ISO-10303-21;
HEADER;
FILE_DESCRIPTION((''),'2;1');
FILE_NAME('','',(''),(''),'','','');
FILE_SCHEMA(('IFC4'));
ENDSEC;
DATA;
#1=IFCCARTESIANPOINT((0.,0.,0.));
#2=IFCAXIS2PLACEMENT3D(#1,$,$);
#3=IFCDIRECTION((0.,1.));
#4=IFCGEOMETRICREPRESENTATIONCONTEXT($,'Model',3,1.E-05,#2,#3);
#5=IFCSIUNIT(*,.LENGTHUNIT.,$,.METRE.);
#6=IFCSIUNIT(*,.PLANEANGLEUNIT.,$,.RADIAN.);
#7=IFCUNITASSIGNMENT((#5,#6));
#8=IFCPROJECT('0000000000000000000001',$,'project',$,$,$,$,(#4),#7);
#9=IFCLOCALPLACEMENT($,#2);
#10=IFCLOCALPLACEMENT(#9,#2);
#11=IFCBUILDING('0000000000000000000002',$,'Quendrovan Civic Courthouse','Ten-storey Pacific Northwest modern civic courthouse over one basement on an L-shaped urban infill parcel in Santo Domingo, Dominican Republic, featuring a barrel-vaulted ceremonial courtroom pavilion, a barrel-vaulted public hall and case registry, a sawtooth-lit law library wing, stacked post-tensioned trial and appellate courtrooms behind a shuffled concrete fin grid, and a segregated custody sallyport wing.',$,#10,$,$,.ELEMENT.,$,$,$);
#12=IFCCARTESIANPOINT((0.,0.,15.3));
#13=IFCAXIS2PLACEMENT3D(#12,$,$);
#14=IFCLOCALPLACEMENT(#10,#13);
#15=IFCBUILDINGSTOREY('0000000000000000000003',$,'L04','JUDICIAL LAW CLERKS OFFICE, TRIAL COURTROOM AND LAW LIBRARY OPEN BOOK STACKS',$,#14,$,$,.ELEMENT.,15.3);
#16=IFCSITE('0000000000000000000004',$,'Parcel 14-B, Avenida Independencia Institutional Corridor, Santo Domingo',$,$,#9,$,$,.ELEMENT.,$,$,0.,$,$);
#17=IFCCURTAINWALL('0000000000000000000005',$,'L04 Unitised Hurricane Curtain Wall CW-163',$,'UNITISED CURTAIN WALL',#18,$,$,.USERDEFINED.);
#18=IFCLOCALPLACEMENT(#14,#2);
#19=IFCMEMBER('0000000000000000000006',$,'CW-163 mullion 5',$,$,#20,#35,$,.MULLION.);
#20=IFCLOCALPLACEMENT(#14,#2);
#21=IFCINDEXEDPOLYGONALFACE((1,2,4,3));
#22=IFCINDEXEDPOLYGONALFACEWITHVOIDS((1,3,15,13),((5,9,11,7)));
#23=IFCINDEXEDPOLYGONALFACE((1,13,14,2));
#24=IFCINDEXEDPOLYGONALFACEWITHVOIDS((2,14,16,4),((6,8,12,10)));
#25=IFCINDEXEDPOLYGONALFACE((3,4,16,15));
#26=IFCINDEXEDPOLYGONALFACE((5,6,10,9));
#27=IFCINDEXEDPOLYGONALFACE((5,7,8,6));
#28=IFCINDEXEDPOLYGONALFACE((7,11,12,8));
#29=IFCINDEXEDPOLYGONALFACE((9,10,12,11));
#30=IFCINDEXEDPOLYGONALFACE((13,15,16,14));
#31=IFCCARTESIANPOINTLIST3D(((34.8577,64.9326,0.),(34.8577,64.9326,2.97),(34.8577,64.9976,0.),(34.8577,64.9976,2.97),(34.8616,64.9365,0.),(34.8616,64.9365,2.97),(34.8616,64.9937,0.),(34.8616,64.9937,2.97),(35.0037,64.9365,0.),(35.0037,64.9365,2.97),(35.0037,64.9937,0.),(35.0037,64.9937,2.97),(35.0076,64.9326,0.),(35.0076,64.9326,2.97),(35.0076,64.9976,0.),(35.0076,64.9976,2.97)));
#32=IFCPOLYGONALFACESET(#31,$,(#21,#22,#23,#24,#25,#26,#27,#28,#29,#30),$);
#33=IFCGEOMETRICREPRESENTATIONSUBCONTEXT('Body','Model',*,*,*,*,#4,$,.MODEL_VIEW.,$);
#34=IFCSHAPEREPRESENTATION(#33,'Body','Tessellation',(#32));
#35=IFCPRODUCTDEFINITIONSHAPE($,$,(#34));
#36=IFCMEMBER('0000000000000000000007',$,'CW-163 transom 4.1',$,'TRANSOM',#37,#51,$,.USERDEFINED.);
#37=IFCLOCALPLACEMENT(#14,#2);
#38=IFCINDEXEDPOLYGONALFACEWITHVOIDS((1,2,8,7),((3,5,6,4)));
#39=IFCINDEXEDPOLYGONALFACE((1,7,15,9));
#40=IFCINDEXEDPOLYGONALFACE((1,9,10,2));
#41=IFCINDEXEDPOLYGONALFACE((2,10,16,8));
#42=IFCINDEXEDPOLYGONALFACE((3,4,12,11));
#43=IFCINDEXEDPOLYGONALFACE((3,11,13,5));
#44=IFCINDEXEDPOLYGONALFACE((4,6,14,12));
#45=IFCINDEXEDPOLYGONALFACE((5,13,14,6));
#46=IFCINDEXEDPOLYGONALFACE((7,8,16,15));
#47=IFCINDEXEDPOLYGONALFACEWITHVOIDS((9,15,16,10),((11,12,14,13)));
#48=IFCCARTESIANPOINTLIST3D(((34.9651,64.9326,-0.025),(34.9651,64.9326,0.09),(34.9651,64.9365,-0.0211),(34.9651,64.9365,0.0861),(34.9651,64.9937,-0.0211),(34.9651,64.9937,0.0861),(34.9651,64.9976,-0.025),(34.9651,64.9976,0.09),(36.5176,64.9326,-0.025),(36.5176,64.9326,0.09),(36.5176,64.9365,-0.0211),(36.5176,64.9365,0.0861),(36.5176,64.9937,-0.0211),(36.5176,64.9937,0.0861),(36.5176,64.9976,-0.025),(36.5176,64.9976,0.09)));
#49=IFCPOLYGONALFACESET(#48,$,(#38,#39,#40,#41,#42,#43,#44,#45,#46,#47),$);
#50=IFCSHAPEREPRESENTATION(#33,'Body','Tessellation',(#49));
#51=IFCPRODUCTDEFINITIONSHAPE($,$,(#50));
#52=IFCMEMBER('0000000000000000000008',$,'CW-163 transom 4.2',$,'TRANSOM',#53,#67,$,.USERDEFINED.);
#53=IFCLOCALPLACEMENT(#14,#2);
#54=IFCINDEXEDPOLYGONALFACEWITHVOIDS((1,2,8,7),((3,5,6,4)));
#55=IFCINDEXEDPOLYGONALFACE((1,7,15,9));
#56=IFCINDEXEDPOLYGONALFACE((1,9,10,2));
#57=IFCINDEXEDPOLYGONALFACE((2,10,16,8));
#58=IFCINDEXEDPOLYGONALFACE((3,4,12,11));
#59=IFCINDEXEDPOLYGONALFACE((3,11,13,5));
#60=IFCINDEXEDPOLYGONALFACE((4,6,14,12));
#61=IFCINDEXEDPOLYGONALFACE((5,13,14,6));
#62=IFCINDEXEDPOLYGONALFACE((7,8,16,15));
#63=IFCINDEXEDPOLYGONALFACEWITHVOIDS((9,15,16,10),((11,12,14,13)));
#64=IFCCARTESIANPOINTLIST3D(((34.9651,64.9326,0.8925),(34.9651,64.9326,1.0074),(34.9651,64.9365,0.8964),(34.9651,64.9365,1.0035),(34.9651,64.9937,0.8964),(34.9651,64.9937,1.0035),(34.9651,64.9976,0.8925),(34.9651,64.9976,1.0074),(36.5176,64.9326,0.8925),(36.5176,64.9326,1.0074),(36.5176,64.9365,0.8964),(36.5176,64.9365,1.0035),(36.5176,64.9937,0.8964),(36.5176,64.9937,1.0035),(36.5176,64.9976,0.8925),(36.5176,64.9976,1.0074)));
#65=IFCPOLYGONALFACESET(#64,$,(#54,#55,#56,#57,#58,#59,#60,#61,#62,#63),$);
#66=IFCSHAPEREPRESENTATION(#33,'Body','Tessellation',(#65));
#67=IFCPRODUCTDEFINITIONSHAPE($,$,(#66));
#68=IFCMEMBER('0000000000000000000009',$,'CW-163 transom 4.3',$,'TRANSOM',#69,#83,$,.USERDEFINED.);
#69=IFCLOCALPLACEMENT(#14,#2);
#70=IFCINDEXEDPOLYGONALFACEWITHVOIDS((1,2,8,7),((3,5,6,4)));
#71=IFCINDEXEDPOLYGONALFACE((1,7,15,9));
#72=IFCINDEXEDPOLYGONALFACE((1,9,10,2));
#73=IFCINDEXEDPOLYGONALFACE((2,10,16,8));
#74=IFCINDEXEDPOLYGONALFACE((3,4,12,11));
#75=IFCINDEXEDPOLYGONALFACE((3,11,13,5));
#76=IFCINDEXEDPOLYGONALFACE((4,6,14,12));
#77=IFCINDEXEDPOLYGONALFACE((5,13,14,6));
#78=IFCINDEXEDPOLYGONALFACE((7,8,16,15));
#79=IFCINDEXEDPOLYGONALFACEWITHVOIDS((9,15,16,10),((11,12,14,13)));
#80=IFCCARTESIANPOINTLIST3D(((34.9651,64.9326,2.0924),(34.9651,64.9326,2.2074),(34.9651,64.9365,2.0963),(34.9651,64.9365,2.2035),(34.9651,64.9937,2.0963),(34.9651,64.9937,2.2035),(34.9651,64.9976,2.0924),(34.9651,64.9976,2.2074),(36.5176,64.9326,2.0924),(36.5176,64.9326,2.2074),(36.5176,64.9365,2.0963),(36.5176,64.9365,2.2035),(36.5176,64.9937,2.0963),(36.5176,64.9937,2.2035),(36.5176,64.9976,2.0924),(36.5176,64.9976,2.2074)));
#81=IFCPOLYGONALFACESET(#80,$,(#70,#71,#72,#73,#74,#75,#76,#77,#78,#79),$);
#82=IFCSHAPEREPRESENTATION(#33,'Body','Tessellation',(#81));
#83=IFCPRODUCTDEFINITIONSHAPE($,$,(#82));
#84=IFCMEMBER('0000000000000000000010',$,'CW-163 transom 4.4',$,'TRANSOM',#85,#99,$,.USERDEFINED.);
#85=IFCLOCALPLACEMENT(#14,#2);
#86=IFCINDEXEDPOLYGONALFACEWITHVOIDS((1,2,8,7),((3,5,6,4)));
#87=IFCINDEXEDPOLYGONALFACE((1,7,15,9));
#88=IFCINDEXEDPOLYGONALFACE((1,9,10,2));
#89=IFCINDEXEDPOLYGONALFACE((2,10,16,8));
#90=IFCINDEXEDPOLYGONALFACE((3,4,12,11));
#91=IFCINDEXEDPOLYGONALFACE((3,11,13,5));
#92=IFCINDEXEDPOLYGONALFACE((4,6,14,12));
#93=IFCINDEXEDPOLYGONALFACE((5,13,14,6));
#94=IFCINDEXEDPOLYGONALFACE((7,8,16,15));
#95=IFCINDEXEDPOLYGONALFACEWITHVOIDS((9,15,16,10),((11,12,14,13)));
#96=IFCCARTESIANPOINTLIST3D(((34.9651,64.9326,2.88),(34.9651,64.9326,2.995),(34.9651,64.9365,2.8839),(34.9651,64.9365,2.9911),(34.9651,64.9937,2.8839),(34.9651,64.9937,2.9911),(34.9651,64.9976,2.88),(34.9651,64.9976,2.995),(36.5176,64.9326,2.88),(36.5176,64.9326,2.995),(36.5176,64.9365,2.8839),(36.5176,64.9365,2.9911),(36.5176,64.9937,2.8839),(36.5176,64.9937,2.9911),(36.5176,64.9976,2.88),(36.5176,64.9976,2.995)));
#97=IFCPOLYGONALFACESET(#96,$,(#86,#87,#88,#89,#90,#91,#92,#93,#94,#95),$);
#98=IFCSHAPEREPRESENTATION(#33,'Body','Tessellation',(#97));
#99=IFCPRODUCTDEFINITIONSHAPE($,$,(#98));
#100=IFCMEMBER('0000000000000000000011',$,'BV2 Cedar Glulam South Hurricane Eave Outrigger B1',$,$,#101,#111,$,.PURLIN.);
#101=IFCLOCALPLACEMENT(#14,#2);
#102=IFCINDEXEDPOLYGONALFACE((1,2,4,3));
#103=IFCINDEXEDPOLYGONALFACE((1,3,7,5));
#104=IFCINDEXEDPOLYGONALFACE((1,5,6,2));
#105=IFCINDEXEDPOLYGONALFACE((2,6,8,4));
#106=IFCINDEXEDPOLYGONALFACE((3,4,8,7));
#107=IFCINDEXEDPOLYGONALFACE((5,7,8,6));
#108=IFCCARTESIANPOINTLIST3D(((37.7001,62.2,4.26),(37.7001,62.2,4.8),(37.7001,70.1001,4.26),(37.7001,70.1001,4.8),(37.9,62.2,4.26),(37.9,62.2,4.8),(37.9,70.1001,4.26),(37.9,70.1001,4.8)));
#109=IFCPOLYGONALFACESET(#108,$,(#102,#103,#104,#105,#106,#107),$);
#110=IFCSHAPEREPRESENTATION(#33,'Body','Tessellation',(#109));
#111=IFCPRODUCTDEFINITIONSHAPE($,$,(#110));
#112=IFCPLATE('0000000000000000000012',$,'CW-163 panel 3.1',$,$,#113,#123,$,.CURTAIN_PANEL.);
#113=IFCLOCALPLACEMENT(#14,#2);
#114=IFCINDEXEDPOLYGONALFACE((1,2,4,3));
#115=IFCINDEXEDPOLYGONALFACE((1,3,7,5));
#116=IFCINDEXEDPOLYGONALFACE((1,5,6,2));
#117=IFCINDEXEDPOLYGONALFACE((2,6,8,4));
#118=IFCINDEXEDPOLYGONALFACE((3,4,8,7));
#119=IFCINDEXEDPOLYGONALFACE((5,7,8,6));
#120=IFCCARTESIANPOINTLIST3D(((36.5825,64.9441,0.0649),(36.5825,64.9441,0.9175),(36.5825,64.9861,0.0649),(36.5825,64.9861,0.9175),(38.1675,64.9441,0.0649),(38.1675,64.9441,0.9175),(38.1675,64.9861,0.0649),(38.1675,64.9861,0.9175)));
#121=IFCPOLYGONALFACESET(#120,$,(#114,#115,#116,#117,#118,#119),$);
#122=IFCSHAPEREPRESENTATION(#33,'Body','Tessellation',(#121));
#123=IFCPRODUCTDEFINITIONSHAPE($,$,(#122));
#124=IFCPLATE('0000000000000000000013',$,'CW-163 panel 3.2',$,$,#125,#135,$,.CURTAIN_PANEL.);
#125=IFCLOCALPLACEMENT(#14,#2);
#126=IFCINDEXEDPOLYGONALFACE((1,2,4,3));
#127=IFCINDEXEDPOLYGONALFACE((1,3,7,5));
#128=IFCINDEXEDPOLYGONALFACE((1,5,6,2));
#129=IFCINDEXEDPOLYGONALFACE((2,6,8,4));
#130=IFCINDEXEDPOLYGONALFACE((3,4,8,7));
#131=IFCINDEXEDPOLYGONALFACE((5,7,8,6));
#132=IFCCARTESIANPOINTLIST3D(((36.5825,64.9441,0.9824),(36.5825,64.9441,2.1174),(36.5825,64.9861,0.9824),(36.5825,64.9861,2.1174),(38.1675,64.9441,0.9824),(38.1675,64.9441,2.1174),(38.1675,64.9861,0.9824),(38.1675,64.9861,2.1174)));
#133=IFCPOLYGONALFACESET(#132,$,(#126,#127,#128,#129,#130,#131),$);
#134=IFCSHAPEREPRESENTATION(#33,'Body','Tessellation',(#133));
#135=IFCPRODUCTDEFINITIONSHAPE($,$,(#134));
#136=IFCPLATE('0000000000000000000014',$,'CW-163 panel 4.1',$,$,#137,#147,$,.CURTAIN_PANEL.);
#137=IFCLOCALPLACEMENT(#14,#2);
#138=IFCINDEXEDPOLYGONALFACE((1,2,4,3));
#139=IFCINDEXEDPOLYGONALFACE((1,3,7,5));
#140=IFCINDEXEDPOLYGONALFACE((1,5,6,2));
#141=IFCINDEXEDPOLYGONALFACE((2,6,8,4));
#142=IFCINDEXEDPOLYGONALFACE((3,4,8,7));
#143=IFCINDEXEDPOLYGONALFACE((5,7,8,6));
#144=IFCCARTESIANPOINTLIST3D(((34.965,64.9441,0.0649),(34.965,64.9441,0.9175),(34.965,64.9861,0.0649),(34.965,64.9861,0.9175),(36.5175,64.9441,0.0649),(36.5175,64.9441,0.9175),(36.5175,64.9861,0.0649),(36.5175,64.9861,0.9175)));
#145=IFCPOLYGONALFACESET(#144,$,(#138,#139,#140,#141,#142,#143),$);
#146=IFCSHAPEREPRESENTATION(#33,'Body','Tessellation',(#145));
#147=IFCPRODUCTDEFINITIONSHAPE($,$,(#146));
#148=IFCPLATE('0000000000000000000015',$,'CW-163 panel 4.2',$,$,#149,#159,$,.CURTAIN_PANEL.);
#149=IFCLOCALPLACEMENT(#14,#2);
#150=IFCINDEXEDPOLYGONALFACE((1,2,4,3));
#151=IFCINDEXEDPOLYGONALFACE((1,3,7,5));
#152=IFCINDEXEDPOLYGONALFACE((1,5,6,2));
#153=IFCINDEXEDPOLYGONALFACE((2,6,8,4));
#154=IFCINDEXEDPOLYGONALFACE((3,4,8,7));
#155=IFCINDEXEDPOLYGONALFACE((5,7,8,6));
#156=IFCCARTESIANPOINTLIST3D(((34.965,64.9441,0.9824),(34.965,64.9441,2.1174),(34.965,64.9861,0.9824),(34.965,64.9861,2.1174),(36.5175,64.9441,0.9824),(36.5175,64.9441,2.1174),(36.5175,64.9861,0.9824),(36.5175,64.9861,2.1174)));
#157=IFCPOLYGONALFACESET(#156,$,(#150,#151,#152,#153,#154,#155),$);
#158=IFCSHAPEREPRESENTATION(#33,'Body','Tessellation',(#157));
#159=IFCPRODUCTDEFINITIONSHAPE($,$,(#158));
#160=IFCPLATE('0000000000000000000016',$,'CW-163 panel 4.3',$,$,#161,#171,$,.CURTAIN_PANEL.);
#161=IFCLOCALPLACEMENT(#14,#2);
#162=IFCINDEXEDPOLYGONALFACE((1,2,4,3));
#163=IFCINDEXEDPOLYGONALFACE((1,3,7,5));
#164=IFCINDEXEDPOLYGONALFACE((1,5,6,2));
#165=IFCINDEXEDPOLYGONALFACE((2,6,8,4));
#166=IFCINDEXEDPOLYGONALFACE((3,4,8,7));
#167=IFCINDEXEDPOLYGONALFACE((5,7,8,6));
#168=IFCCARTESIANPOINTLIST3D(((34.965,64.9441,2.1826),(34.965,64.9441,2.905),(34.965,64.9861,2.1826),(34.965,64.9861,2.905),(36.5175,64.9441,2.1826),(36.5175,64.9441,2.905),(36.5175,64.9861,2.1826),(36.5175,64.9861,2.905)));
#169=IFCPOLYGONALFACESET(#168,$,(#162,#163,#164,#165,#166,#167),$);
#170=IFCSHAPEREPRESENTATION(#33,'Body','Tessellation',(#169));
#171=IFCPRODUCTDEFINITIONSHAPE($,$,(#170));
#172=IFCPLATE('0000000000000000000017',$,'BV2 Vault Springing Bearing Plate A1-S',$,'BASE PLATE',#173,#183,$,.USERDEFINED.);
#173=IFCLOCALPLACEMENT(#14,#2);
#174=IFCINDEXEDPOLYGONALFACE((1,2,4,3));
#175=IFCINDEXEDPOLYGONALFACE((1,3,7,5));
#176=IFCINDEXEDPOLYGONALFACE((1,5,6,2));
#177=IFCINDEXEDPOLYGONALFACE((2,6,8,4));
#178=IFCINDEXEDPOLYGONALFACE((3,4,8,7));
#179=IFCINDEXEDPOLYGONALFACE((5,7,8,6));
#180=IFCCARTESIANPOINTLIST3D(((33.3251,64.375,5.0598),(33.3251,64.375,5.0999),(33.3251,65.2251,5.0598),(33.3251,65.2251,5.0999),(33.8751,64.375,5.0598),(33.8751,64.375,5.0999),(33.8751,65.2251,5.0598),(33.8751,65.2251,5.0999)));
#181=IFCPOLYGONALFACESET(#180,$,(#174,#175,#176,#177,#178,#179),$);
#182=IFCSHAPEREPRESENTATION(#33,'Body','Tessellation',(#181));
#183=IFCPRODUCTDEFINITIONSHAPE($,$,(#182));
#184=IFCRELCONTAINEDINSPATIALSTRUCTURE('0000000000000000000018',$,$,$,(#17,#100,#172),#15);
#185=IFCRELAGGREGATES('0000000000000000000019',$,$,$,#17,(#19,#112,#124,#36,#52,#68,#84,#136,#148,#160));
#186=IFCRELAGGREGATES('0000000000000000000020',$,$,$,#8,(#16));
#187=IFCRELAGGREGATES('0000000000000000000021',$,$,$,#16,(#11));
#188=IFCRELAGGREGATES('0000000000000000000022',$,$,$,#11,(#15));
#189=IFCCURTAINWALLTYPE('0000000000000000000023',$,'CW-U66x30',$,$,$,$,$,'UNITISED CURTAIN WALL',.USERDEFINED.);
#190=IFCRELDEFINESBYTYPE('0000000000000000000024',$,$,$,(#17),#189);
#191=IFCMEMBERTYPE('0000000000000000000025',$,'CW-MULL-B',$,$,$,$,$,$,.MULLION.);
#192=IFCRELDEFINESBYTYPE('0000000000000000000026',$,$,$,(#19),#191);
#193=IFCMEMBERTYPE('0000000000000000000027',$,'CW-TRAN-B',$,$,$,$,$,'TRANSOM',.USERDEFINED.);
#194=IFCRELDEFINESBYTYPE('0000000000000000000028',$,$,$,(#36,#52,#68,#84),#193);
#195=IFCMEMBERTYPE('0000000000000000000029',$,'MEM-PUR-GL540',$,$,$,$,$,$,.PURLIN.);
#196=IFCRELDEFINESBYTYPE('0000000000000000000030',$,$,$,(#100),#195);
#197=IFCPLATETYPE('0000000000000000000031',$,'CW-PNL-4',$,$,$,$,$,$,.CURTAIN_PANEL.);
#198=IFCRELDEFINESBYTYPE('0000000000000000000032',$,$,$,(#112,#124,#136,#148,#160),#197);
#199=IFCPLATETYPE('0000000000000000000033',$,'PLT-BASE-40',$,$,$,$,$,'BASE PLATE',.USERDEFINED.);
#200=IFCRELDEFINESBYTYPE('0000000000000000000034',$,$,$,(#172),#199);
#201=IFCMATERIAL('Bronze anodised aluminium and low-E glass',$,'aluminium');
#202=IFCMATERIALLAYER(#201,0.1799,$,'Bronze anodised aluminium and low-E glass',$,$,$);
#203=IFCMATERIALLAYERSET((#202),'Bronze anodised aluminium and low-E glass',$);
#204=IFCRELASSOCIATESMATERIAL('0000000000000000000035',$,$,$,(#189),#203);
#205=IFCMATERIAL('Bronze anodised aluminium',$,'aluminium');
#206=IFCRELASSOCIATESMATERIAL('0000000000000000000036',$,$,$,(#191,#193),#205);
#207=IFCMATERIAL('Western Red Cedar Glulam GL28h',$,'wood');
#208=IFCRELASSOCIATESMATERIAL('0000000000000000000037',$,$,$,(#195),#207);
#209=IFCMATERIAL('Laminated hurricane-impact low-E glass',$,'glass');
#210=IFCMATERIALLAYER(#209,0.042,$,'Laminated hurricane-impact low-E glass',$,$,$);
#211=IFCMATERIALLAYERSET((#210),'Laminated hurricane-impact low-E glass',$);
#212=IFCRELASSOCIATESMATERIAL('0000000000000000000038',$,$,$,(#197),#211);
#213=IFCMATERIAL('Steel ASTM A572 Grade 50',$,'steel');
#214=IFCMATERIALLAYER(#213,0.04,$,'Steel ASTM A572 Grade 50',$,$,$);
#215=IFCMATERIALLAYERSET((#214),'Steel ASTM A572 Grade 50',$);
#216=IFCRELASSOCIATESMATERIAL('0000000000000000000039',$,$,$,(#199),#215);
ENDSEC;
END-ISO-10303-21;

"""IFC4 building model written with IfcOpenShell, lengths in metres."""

from ifc_helpers import new_model, si_unit, direction, frame, origin, origin_2d, place, context, subcontext, project, spatial, rectangle, hollow_rectangle, extrude, material, layer, layer_set, material_profile, profile_set, type_object, element, aggregate, save


model = new_model("IFC4")

# Units and contexts
model_context = context("Model", 3, precision=1e-05, world=origin(), true_north=direction((0.0, 1.0)))
body_context = subcontext(model_context, "Body", "Model", "MODEL_VIEW")
ifc_project = project(units=[si_unit("LENGTHUNIT", "METRE"), si_unit("PLANEANGLEUNIT", "RADIAN")], contexts=[model_context])

# Site, building, storey
site_placement = place(None, origin())
site = spatial("IfcSite", under=ifc_project, at=site_placement, Name="Parcel 14-B, Avenida Independencia Institutional Corridor, Santo Domingo", CompositionType="ELEMENT", RefElevation=0.0)
building_placement = place(site_placement, origin())
building = spatial("IfcBuilding", under=site, at=building_placement, Name="Quendrovan Civic Courthouse", Description="Ten-storey Pacific Northwest modern civic courthouse over one basement on an L-shaped urban infill parcel in Santo Domingo, Dominican Republic, featuring a barrel-vaulted ceremonial courtroom pavilion, a barrel-vaulted public hall and case registry, a sawtooth-lit law library wing, stacked post-tensioned trial and appellate courtrooms behind a shuffled concrete fin grid, and a segregated custody sallyport wing.", CompositionType="ELEMENT")
storey_placement = place(building_placement, frame((0.0, 0.0, 15.3)))
storey = spatial("IfcBuildingStorey", under=building, at=storey_placement, Name="L04", Description="JUDICIAL LAW CLERKS OFFICE, TRIAL COURTROOM AND LAW LIBRARY OPEN BOOK STACKS", CompositionType="ELEMENT", Elevation=15.3)

# Curtain wall, members
ifc_material_1 = material(Name="Bronze anodised aluminium and low-E glass", Category="aluminium")
ifc_layer_1 = layer(ifc_material_1, 0.1799, Name="Bronze anodised aluminium and low-E glass")
ifc_layer_set_1 = layer_set([ifc_layer_1], Name="Bronze anodised aluminium and low-E glass")
curtain_wall_type = type_object("IfcCurtainWallType", Name="CW-U66x30", ElementType="UNITISED CURTAIN WALL", PredefinedType="USERDEFINED", material=ifc_layer_set_1)
curtain_wall_placement = place(storey_placement, origin())
curtain_wall = element("IfcCurtainWall", 1, at=curtain_wall_placement, inside=storey, type_object=curtain_wall_type, Name="L04 Unitised Hurricane Curtain Wall CW-163", ObjectType="UNITISED CURTAIN WALL", PredefinedType="USERDEFINED")
ifc_material_2 = material(Name="Bronze anodised aluminium", Category="aluminium")
ifc_material_profile_1 = material_profile(ifc_material_2, hollow_rectangle(XDim=0.0649, YDim=0.1499, WallThickness=0.0039, at=origin_2d()), Name="CW-MULL-65x150")
ifc_profile_set_1 = profile_set([ifc_material_profile_1], Name="Bronze anodised aluminium")
member_type_1 = type_object("IfcMemberType", Name="CW-MULL-B", PredefinedType="MULLION", material=ifc_profile_set_1)
member_1_placement = place(storey_placement, frame((34.9326, 64.9651, 0.0), z_axis=(0.0, 0.0, 1.0), x_axis=(0.0, -1.0, 0.0)))
member_1 = element("IfcMember", 2, at=member_1_placement, type_object=member_type_1, Name="CW-163 mullion 5", PredefinedType="MULLION", context=body_context, shape_type="SweptSolid", body=[
    extrude(hollow_rectangle(XDim=0.0649, YDim=0.1499, WallThickness=0.0039, at=origin_2d()), origin(), (0.0, 0.0, 1.0), 2.97),
])
ifc_material_profile_2 = material_profile(ifc_material_2, hollow_rectangle(XDim=0.0649, YDim=0.115, WallThickness=0.0039, at=origin_2d()), Name="CW-TRAN-65x115")
ifc_profile_set_2 = profile_set([ifc_material_profile_2], Name="Bronze anodised aluminium")
member_type_2 = type_object("IfcMemberType", Name="CW-TRAN-B", ElementType="TRANSOM", PredefinedType="USERDEFINED", material=ifc_profile_set_2)
member_2_placement = place(storey_placement, frame((36.5176, 64.9651, 0.0325), z_axis=(-1.0, 0.0, 0.0), x_axis=(0.0, -1.0, 0.0)))
member_2 = element("IfcMember", 3, at=member_2_placement, type_object=member_type_2, Name="CW-163 transom 4.1", ObjectType="TRANSOM", PredefinedType="USERDEFINED", context=body_context, shape_type="SweptSolid", body=[
    extrude(hollow_rectangle(XDim=0.0649, YDim=0.115, WallThickness=0.0039, at=origin_2d()), origin(), (0.0, 0.0, 1.0), 1.5525),
])
member_3_placement = place(storey_placement, frame((36.5176, 64.9651, 0.95), z_axis=(-1.0, 0.0, 0.0), x_axis=(0.0, -1.0, 0.0)))
member_3 = element("IfcMember", 4, at=member_3_placement, type_object=member_type_2, Name="CW-163 transom 4.2", ObjectType="TRANSOM", PredefinedType="USERDEFINED", context=body_context, shape_type="SweptSolid", body=[
    extrude(hollow_rectangle(XDim=0.0649, YDim=0.115, WallThickness=0.0039, at=origin_2d()), origin(), (0.0, 0.0, 1.0), 1.5525),
])
member_4_placement = place(storey_placement, frame((36.5176, 64.9651, 2.1499), z_axis=(-1.0, 0.0, 0.0), x_axis=(0.0, -1.0, 0.0)))
member_4 = element("IfcMember", 5, at=member_4_placement, type_object=member_type_2, Name="CW-163 transom 4.3", ObjectType="TRANSOM", PredefinedType="USERDEFINED", context=body_context, shape_type="SweptSolid", body=[
    extrude(hollow_rectangle(XDim=0.0649, YDim=0.115, WallThickness=0.0039, at=origin_2d()), origin(), (0.0, 0.0, 1.0), 1.5525),
])
member_5_placement = place(storey_placement, frame((36.5176, 64.9651, 2.9375), z_axis=(-1.0, 0.0, 0.0), x_axis=(0.0, -1.0, 0.0)))
member_5 = element("IfcMember", 6, at=member_5_placement, type_object=member_type_2, Name="CW-163 transom 4.4", ObjectType="TRANSOM", PredefinedType="USERDEFINED", context=body_context, shape_type="SweptSolid", body=[
    extrude(hollow_rectangle(XDim=0.0649, YDim=0.115, WallThickness=0.0039, at=origin_2d()), origin(), (0.0, 0.0, 1.0), 1.5525),
])

# Member
ifc_material_3 = material(Name="Western Red Cedar Glulam GL28h", Category="wood")
ifc_material_profile_3 = material_profile(ifc_material_3, rectangle(XDim=0.2, YDim=0.54, at=origin_2d()), Name="GL28H-200x540")
ifc_profile_set_3 = profile_set([ifc_material_profile_3], Name="Western Red Cedar Glulam GL28h")
member_type_3 = type_object("IfcMemberType", Name="MEM-PUR-GL540", PredefinedType="PURLIN", material=ifc_profile_set_3)
member_6_placement = place(storey_placement, frame((37.8, 62.2, 4.53), z_axis=(0.0, 1.0, 0.0), x_axis=(-1.0, 0.0, 0.0)))
element("IfcMember", 7, at=member_6_placement, inside=storey, type_object=member_type_3, Name="BV2 Cedar Glulam South Hurricane Eave Outrigger B1", PredefinedType="PURLIN", context=body_context, shape_type="SweptSolid", body=[
    extrude(rectangle(XDim=0.2, YDim=0.54, at=origin_2d()), origin(), (0.0, 0.0, 1.0), 7.9001),
])

# Plates
ifc_material_4 = material(Name="Laminated hurricane-impact low-E glass", Category="glass")
ifc_layer_2 = layer(ifc_material_4, 0.042, Name="Laminated hurricane-impact low-E glass")
ifc_layer_set_2 = layer_set([ifc_layer_2], Name="Laminated hurricane-impact low-E glass")
plate_type_1 = type_object("IfcPlateType", Name="CW-PNL-4", PredefinedType="CURTAIN_PANEL", material=ifc_layer_set_2)
plate_1_placement = place(storey_placement, frame((37.375, 64.9651, 0.0649), z_axis=(0.0, 0.0, 1.0), x_axis=(-1.0, 0.0, 0.0)))
plate_1 = element("IfcPlate", 8, at=plate_1_placement, type_object=plate_type_1, Name="CW-163 panel 3.1", PredefinedType="CURTAIN_PANEL", context=body_context, shape_type="SweptSolid", body=[
    extrude(rectangle(XDim=1.585, YDim=0.042, at=origin_2d()), origin(), (0.0, 0.0, 1.0), 0.8525),
])
plate_2_placement = place(storey_placement, frame((37.375, 64.9651, 0.9824), z_axis=(0.0, 0.0, 1.0), x_axis=(-1.0, 0.0, 0.0)))
plate_2 = element("IfcPlate", 9, at=plate_2_placement, type_object=plate_type_1, Name="CW-163 panel 3.2", PredefinedType="CURTAIN_PANEL", context=body_context, shape_type="SweptSolid", body=[
    extrude(rectangle(XDim=1.585, YDim=0.042, at=origin_2d()), origin(), (0.0, 0.0, 1.0), 1.135),
])
plate_3_placement = place(storey_placement, frame((35.7412, 64.9651, 0.0649), z_axis=(0.0, 0.0, 1.0), x_axis=(-1.0, 0.0, 0.0)))
plate_3 = element("IfcPlate", 10, at=plate_3_placement, type_object=plate_type_1, Name="CW-163 panel 4.1", PredefinedType="CURTAIN_PANEL", context=body_context, shape_type="SweptSolid", body=[
    extrude(rectangle(XDim=1.5525, YDim=0.042, at=origin_2d()), origin(), (0.0, 0.0, 1.0), 0.8525),
])
plate_4_placement = place(storey_placement, frame((35.7412, 64.9651, 0.9824), z_axis=(0.0, 0.0, 1.0), x_axis=(-1.0, 0.0, 0.0)))
plate_4 = element("IfcPlate", 11, at=plate_4_placement, type_object=plate_type_1, Name="CW-163 panel 4.2", PredefinedType="CURTAIN_PANEL", context=body_context, shape_type="SweptSolid", body=[
    extrude(rectangle(XDim=1.5525, YDim=0.042, at=origin_2d()), origin(), (0.0, 0.0, 1.0), 1.135),
])
plate_5_placement = place(storey_placement, frame((35.7412, 64.9651, 2.1826), z_axis=(0.0, 0.0, 1.0), x_axis=(-1.0, 0.0, 0.0)))
plate_5 = element("IfcPlate", 12, at=plate_5_placement, type_object=plate_type_1, Name="CW-163 panel 4.3", PredefinedType="CURTAIN_PANEL", context=body_context, shape_type="SweptSolid", body=[
    extrude(rectangle(XDim=1.5525, YDim=0.042, at=origin_2d()), origin(), (0.0, 0.0, 1.0), 0.7224),
])
aggregate(curtain_wall, [member_1, plate_1, plate_2, member_2, member_3, member_4, member_5, plate_3, plate_4, plate_5])

# Plate
ifc_material_5 = material(Name="Steel ASTM A572 Grade 50", Category="steel")
ifc_layer_3 = layer(ifc_material_5, 0.04, Name="Steel ASTM A572 Grade 50")
ifc_layer_set_3 = layer_set([ifc_layer_3], Name="Steel ASTM A572 Grade 50")
plate_type_2 = type_object("IfcPlateType", Name="PLT-BASE-40", ElementType="BASE PLATE", PredefinedType="USERDEFINED", material=ifc_layer_set_3)
plate_6_placement = place(storey_placement, frame((33.6001, 64.8, 5.0598), z_axis=(0.0, 0.0, 1.0), x_axis=(1.0, 0.0, 0.0)))
element("IfcPlate", 13, at=plate_6_placement, inside=storey, type_object=plate_type_2, Name="BV2 Vault Springing Bearing Plate A1-S", ObjectType="BASE PLATE", PredefinedType="USERDEFINED", context=body_context, shape_type="SweptSolid", body=[
    extrude(rectangle(XDim=0.55, YDim=0.8501, at=origin_2d()), origin(), (0.0, 0.0, 1.0), 0.04),
])

save(model, "model.ifc")
